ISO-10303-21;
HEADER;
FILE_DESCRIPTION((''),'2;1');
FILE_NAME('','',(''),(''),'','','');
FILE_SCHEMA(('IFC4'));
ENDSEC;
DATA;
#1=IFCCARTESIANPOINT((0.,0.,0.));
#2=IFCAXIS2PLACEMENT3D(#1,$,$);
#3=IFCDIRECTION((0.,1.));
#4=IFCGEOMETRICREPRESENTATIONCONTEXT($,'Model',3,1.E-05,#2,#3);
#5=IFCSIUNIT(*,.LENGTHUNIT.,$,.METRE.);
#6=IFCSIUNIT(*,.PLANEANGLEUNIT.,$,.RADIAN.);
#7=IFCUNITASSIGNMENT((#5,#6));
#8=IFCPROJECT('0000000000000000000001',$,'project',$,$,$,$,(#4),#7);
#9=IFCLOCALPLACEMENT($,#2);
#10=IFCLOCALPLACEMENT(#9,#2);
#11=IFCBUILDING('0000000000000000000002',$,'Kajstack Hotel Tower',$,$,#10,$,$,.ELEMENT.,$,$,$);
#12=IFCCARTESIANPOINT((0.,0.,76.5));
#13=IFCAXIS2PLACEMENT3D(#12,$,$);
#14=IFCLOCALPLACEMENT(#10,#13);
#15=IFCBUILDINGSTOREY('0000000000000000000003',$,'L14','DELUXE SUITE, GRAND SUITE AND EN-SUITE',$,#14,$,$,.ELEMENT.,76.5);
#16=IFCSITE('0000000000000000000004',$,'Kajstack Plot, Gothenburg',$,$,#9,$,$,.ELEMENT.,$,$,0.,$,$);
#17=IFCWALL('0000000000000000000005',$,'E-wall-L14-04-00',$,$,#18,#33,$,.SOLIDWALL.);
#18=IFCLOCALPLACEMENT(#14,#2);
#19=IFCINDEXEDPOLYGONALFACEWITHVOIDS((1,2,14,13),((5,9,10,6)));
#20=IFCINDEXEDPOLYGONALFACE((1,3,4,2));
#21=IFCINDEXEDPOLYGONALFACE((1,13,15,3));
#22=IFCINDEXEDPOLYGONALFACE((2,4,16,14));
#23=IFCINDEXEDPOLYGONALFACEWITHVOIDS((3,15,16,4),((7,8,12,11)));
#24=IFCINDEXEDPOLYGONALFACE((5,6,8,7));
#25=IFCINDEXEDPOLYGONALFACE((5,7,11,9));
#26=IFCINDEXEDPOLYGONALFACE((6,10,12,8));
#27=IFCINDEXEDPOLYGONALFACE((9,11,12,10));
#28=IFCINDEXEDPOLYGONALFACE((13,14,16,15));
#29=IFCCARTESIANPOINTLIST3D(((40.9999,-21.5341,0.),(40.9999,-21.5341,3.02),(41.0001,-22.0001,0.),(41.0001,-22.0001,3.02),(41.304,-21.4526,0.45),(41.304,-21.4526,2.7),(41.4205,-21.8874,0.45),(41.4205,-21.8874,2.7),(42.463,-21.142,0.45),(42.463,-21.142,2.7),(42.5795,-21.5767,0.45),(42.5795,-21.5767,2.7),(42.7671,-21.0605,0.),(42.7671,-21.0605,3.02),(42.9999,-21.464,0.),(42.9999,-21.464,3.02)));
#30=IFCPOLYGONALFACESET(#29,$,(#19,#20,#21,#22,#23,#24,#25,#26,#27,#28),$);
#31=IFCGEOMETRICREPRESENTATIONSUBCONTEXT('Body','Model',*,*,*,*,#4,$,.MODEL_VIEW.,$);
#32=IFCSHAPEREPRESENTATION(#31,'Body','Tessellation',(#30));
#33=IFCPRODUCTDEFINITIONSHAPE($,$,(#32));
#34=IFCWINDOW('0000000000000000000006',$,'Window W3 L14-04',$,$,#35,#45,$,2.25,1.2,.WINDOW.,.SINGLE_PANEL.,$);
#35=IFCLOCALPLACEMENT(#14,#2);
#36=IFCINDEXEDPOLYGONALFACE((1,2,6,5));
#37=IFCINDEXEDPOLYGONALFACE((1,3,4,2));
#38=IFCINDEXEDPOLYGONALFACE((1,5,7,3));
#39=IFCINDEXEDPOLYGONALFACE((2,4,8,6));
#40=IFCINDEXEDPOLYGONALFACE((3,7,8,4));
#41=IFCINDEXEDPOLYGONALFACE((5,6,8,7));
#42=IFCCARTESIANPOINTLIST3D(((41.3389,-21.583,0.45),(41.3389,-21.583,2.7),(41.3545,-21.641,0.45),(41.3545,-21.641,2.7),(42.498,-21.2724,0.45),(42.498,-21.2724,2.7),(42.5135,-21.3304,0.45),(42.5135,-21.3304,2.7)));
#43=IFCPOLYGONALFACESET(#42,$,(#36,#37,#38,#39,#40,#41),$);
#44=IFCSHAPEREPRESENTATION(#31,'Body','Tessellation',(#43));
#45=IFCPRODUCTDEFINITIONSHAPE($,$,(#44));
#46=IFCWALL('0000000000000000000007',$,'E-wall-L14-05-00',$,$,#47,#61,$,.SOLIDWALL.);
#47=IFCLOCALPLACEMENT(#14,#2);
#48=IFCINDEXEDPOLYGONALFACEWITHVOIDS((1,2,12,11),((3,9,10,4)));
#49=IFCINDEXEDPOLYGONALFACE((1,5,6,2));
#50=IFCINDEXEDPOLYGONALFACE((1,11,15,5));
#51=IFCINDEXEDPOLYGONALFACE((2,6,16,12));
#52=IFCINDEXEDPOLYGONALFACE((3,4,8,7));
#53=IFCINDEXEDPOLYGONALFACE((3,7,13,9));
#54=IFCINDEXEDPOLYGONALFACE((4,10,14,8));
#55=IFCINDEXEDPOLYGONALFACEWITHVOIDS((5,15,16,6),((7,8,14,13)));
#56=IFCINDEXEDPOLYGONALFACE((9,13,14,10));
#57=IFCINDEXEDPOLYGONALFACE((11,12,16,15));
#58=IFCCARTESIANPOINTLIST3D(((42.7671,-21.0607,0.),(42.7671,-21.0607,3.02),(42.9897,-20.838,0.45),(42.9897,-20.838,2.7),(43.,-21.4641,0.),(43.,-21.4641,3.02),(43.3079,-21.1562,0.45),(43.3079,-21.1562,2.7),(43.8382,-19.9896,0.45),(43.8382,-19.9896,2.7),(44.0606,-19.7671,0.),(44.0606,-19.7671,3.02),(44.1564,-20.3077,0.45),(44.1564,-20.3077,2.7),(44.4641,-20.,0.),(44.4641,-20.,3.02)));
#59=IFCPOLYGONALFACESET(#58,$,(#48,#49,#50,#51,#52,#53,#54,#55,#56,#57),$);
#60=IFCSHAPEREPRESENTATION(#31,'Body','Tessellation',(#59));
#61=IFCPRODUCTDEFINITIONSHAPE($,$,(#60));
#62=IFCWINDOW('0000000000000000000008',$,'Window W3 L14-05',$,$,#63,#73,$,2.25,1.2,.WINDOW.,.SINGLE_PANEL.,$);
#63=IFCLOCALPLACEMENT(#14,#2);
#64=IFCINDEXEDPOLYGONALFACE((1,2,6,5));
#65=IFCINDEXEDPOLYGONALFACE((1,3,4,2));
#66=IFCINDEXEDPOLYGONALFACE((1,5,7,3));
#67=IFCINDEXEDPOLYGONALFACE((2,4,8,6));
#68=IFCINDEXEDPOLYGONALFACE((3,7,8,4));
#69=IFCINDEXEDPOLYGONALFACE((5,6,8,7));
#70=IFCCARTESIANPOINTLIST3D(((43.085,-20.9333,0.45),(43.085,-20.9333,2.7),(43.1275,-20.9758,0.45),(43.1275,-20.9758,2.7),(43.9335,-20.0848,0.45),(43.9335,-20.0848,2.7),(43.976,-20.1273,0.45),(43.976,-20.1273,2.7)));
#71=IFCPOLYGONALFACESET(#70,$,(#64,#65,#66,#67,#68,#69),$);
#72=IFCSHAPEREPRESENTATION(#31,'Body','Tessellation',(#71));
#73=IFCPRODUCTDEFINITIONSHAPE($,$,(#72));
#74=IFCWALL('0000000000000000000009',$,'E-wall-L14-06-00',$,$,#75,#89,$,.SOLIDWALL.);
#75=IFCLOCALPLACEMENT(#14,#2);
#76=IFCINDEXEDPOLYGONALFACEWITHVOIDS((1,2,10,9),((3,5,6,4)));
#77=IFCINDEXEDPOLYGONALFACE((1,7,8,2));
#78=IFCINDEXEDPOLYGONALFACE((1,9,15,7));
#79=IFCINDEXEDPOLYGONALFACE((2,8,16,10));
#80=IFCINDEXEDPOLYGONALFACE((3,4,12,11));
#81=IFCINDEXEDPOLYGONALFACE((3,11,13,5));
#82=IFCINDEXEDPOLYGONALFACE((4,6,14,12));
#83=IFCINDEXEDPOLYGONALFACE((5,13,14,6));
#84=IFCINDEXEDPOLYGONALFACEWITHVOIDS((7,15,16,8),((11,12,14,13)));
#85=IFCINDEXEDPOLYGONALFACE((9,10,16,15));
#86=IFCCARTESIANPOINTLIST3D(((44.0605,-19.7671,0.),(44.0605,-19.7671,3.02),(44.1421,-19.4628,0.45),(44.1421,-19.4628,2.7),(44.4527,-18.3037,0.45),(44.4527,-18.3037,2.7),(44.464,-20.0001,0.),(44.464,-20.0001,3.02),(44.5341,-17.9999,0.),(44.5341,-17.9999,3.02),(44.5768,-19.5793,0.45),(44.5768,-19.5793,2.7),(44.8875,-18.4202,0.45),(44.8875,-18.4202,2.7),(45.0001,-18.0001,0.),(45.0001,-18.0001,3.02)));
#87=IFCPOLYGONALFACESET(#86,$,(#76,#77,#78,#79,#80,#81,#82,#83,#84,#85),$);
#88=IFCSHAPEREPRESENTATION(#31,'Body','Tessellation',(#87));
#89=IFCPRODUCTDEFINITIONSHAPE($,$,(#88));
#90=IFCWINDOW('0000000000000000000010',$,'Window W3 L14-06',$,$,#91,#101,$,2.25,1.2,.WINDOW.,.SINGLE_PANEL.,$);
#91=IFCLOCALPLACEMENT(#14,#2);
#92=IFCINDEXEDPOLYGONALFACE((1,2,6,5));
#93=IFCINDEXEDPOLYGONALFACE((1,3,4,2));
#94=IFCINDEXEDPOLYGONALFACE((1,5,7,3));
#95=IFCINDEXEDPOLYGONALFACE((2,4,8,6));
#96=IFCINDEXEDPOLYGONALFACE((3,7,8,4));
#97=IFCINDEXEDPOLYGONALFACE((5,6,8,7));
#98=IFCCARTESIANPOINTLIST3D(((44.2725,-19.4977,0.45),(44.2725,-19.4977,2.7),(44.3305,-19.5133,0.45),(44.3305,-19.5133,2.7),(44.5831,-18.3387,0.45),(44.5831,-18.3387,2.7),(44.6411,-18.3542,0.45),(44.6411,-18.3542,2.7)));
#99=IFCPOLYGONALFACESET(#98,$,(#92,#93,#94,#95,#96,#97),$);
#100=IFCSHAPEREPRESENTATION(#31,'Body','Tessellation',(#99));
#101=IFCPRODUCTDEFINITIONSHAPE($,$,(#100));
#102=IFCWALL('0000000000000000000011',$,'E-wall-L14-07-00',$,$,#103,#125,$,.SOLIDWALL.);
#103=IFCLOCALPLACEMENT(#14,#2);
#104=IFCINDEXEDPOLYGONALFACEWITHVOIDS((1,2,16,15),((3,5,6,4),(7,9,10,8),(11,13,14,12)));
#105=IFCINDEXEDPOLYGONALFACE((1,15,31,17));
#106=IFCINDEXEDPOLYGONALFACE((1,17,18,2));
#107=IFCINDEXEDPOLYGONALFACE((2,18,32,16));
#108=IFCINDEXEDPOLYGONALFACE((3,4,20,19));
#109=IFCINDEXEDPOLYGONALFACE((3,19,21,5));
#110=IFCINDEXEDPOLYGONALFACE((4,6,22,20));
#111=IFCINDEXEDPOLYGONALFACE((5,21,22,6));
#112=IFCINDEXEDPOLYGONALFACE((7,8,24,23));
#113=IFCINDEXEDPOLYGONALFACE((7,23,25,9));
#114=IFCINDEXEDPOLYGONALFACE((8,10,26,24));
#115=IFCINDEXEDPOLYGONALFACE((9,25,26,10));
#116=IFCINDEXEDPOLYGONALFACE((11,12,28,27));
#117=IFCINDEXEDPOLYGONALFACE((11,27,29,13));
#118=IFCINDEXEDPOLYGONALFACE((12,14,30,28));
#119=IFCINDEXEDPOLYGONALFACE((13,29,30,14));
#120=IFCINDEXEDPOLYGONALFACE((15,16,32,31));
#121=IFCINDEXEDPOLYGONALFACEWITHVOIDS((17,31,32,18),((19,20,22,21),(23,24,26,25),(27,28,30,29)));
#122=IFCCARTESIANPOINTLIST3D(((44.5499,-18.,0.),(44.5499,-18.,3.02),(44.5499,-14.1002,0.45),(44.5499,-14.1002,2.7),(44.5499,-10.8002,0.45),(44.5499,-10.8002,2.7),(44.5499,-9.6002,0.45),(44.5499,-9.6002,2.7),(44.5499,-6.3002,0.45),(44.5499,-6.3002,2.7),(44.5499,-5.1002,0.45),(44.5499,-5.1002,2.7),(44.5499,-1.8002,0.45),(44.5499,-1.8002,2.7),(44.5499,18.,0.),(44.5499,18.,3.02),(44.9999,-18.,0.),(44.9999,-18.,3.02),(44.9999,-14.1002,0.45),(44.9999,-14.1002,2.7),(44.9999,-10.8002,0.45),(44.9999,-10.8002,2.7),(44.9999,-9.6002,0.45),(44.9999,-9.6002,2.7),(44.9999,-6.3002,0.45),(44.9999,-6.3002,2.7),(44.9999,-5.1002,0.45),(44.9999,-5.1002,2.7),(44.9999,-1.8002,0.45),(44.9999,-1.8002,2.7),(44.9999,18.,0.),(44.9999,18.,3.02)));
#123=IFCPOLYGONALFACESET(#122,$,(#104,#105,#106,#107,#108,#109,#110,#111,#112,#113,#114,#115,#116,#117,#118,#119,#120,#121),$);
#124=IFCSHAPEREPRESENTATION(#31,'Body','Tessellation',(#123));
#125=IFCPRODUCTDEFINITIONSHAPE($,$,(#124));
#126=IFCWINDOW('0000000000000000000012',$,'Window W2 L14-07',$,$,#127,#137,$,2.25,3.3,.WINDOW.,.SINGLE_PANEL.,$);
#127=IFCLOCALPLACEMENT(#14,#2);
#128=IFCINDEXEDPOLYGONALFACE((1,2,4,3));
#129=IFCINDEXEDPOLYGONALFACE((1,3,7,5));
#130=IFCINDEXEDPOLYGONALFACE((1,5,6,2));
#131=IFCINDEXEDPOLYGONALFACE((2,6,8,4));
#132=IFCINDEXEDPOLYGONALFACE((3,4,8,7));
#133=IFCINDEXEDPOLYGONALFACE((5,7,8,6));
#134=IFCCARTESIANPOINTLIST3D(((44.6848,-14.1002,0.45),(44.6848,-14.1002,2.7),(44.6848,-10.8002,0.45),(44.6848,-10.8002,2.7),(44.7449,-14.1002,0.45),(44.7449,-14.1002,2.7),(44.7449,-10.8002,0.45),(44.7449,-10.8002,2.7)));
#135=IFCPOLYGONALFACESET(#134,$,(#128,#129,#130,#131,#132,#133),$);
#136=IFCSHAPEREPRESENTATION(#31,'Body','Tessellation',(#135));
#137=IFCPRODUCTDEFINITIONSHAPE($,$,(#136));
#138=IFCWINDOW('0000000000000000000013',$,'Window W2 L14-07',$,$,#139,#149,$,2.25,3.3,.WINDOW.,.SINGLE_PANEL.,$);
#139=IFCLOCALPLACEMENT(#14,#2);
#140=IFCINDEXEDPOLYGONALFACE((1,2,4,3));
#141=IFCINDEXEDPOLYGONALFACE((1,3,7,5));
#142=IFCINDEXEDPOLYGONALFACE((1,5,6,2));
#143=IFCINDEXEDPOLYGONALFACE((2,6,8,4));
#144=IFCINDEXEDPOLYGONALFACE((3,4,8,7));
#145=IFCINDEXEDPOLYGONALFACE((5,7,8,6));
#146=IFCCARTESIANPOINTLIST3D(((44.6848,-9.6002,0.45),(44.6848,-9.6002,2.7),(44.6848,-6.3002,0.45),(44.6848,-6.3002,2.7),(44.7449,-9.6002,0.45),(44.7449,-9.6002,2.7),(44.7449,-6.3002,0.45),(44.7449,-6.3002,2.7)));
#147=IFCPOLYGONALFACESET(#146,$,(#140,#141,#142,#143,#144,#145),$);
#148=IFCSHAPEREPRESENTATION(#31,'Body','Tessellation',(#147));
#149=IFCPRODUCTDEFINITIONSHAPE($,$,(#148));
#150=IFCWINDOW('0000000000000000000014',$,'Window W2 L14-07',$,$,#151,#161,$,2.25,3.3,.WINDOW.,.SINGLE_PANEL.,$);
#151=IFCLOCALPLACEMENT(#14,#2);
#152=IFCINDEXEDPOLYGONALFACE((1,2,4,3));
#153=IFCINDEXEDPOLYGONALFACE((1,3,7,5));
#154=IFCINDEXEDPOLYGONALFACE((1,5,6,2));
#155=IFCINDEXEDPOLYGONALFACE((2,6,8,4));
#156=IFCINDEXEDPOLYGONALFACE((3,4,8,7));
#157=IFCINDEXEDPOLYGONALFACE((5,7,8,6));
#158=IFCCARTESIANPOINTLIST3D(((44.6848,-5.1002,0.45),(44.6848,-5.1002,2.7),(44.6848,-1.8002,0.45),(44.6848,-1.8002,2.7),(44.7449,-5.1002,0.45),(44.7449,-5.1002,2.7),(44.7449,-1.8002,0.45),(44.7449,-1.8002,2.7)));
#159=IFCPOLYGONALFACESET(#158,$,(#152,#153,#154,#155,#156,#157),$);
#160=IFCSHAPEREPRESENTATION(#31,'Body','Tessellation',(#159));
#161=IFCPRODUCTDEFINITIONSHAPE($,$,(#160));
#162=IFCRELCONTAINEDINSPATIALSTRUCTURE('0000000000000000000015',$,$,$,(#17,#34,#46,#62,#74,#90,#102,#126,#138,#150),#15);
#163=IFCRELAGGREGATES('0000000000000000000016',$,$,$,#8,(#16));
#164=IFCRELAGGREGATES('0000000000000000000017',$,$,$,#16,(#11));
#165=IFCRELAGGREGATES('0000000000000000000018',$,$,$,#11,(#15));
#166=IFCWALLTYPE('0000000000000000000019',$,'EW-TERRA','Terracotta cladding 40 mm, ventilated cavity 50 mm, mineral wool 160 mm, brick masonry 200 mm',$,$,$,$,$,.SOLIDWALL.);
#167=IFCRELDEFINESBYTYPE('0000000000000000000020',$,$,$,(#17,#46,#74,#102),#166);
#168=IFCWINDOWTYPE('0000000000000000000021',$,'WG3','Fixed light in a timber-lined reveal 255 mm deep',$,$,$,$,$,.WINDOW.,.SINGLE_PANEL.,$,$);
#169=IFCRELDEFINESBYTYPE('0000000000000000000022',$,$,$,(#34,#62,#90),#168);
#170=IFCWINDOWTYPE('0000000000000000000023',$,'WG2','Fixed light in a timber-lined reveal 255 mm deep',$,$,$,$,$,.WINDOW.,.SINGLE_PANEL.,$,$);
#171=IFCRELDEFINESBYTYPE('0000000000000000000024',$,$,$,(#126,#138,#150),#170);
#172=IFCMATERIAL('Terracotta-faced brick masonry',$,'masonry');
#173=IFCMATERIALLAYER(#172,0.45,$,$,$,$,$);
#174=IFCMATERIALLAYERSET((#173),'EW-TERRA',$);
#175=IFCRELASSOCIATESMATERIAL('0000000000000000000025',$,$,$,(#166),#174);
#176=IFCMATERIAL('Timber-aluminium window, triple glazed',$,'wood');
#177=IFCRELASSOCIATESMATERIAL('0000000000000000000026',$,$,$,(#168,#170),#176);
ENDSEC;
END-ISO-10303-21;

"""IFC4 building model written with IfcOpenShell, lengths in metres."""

from ifc_helpers import new_model, si_unit, direction, frame, frame_2d, origin, place, context, subcontext, project, spatial, polyline, rectangle, outline, extrude, material, layer, layer_set, type_object, element, fill, save


model = new_model("IFC4")

# Units and contexts
model_context = context("Model", 3, precision=1e-05, world=origin(), true_north=direction((0.0, 1.0)))
body_context = subcontext(model_context, "Body", "Model", "MODEL_VIEW")
ifc_project = project(units=[si_unit("LENGTHUNIT", "METRE"), si_unit("PLANEANGLEUNIT", "RADIAN")], contexts=[model_context])

# Site, building, storey
site_placement = place(None, origin())
site = spatial("IfcSite", under=ifc_project, at=site_placement, Name="Kajstack Plot, Gothenburg", CompositionType="ELEMENT", RefElevation=0.0)
building_placement = place(site_placement, origin())
building = spatial("IfcBuilding", under=site, at=building_placement, Name="Kajstack Hotel Tower", CompositionType="ELEMENT")
storey_placement = place(building_placement, frame((0.0, 0.0, 76.5)))
storey = spatial("IfcBuildingStorey", under=building, at=storey_placement, Name="L14", Description="DELUXE SUITE, GRAND SUITE AND EN-SUITE", CompositionType="ELEMENT", Elevation=76.5)

# Walls, openings, windows
ifc_material_1 = material(Name="Terracotta-faced brick masonry", Category="masonry")
ifc_layer_1 = layer(ifc_material_1, 0.45)
ifc_layer_set_1 = layer_set([ifc_layer_1], Name="EW-TERRA")
wall_type_1 = type_object("IfcWallType", Name="EW-TERRA", Description="Terracotta cladding 40 mm, ventilated cavity 50 mm, mineral wool 160 mm, brick masonry 200 mm", PredefinedType="SOLIDWALL", material=ifc_layer_set_1)
wall_1_placement = place(storey_placement, frame((40.9417, -21.7827, 0.0), z_axis=(0.0, 0.0, 1.0), x_axis=(0.965927, 0.258815, 0.0)))
wall_1 = element("IfcWall", 1, at=wall_1_placement, inside=storey, type_object=wall_type_1, Name="E-wall-L14-04-00", PredefinedType="SOLIDWALL", context=body_context, shape_type="SweptSolid", body=[
    extrude(outline(polyline([(0.0002, -0.2251), (2.0706, -0.2249), (1.9502, 0.2251), (0.1206, 0.2251), (0.0002, -0.2251)])), origin(), (0.0, 0.0, 1.0), 3.02),
])
opening_1_placement = place(wall_1_placement, frame((0.4353, 0.0, 0.45)))
opening_1 = element("IfcOpeningElement", 2, at=opening_1_placement, cuts=wall_1, PredefinedType="OPENING", context=body_context, shape_type="SweptSolid", body=[
    extrude(rectangle(XDim=1.2, YDim=2.25, at=frame_2d((0.6001, 1.125))), frame((0.0, 0.2349, 0.0), z_axis=(0.0, -1.0, 0.0), x_axis=(1.0, 0.0, 0.0)), (0.0, 0.0, 1.0), 0.47),
])
ifc_material_2 = material(Name="Timber-aluminium window, triple glazed", Category="wood")
window_type_1 = type_object("IfcWindowType", Name="WG3", Description="Fixed light in a timber-lined reveal 255 mm deep", PartitioningType="SINGLE_PANEL", PredefinedType="WINDOW", material=ifc_material_2)
window_1_placement = place(opening_1_placement, origin())
window_1 = element("IfcWindow", 3, at=window_1_placement, inside=storey, type_object=window_type_1, Name="Window W3 L14-04", OverallHeight=2.25, OverallWidth=1.2, PartitioningType="SINGLE_PANEL", PredefinedType="WINDOW", context=body_context, shape_type="SweptSolid", body=[
    extrude(rectangle(XDim=1.2, YDim=2.25, at=frame_2d((0.6001, 1.125))), frame((0.0, 0.0901, 0.0), z_axis=(0.0, -1.0, 0.0), x_axis=(1.0, 0.0, 0.0)), (0.0, 0.0, 1.0), 0.0601),
])
fill(opening_1, window_1)
wall_2_placement = place(storey_placement, frame((42.8408, -21.3049, 0.0), z_axis=(0.0, 0.0, 1.0), x_axis=(0.707107, 0.707107, 0.0)))
wall_2 = element("IfcWall", 4, at=wall_2_placement, inside=storey, type_object=wall_type_1, Name="E-wall-L14-05-00", PredefinedType="SOLIDWALL", context=body_context, shape_type="SweptSolid", body=[
    extrude(outline(polyline([(0.0, -0.2251), (2.0706, -0.2251), (1.95, 0.2249), (0.1206, 0.2249), (0.0, -0.2251)])), origin(), (0.0, 0.0, 1.0), 3.02),
])
opening_2_placement = place(wall_2_placement, frame((0.4353, 0.0, 0.45)))
opening_2 = element("IfcOpeningElement", 5, at=opening_2_placement, cuts=wall_2, PredefinedType="OPENING", context=body_context, shape_type="SweptSolid", body=[
    extrude(rectangle(XDim=1.2, YDim=2.25, at=frame_2d((0.6001, 1.125))), frame((0.0, 0.2349, 0.0), z_axis=(0.0, -1.0, 0.0), x_axis=(1.0, 0.0, 0.0)), (0.0, 0.0, 1.0), 0.47),
])
window_2_placement = place(opening_2_placement, origin())
window_2 = element("IfcWindow", 6, at=window_2_placement, inside=storey, type_object=window_type_1, Name="Window W3 L14-05", OverallHeight=2.25, OverallWidth=1.2, PartitioningType="SINGLE_PANEL", PredefinedType="WINDOW", context=body_context, shape_type="SweptSolid", body=[
    extrude(rectangle(XDim=1.2, YDim=2.25, at=frame_2d((0.6001, 1.125))), frame((0.0, 0.0901, 0.0), z_axis=(0.0, -1.0, 0.0), x_axis=(1.0, 0.0, 0.0)), (0.0, 0.0, 1.0), 0.0601),
])
fill(opening_2, window_2)
wall_3_placement = place(storey_placement, frame((44.2468, -19.9417, 0.0), z_axis=(0.0, 0.0, 1.0), x_axis=(0.258815, 0.965927, 0.0)))
wall_3 = element("IfcWall", 7, at=wall_3_placement, inside=storey, type_object=wall_type_1, Name="E-wall-L14-06-00", PredefinedType="SOLIDWALL", context=body_context, shape_type="SweptSolid", body=[
    extrude(outline(polyline([(-0.0002, -0.2249), (2.0703, -0.2251), (1.95, 0.2251), (0.1204, 0.2251), (-0.0002, -0.2249)])), origin(), (0.0, 0.0, 1.0), 3.02),
])
opening_3_placement = place(wall_3_placement, frame((0.4353, 0.0, 0.45)))
opening_3 = element("IfcOpeningElement", 8, at=opening_3_placement, cuts=wall_3, PredefinedType="OPENING", context=body_context, shape_type="SweptSolid", body=[
    extrude(rectangle(XDim=1.2, YDim=2.25, at=frame_2d((0.6001, 1.125))), frame((0.0, 0.2349, 0.0), z_axis=(0.0, -1.0, 0.0), x_axis=(1.0, 0.0, 0.0)), (0.0, 0.0, 1.0), 0.47),
])
window_3_placement = place(opening_3_placement, origin())
window_3 = element("IfcWindow", 9, at=window_3_placement, inside=storey, type_object=window_type_1, Name="Window W3 L14-06", OverallHeight=2.25, OverallWidth=1.2, PartitioningType="SINGLE_PANEL", PredefinedType="WINDOW", context=body_context, shape_type="SweptSolid", body=[
    extrude(rectangle(XDim=1.2, YDim=2.25, at=frame_2d((0.6001, 1.125))), frame((0.0, 0.0901, 0.0), z_axis=(0.0, -1.0, 0.0), x_axis=(1.0, 0.0, 0.0)), (0.0, 0.0, 1.0), 0.0601),
])
fill(opening_3, window_3)

# Wall, openings, windows
wall_4_placement = place(storey_placement, frame((44.7749, -18.0, 0.0), z_axis=(0.0, 0.0, 1.0), x_axis=(0.0, 1.0, 0.0)))
wall_4 = element("IfcWall", 10, at=wall_4_placement, inside=storey, type_object=wall_type_1, Name="E-wall-L14-07-00", PredefinedType="SOLIDWALL", context=body_context, shape_type="SweptSolid", body=[
    extrude(rectangle(XDim=36.0, YDim=0.45, at=frame_2d((18.0, 0.0))), origin(), (0.0, 0.0, 1.0), 3.02),
])
opening_4_placement = place(wall_4_placement, frame((3.8999, 0.0, 0.45)))
opening_4 = element("IfcOpeningElement", 11, at=opening_4_placement, cuts=wall_4, PredefinedType="OPENING", context=body_context, shape_type="SweptSolid", body=[
    extrude(rectangle(XDim=3.3, YDim=2.25, at=frame_2d((1.6499, 1.125))), frame((0.0, 0.2349, 0.0), z_axis=(0.0, -1.0, 0.0), x_axis=(1.0, 0.0, 0.0)), (0.0, 0.0, 1.0), 0.47),
])
opening_5_placement = place(wall_4_placement, frame((8.3999, 0.0, 0.45)))
opening_5 = element("IfcOpeningElement", 12, at=opening_5_placement, cuts=wall_4, PredefinedType="OPENING", context=body_context, shape_type="SweptSolid", body=[
    extrude(rectangle(XDim=3.3, YDim=2.25, at=frame_2d((1.6499, 1.125))), frame((0.0, 0.2349, 0.0), z_axis=(0.0, -1.0, 0.0), x_axis=(1.0, 0.0, 0.0)), (0.0, 0.0, 1.0), 0.47),
])
opening_6_placement = place(wall_4_placement, frame((12.8999, 0.0, 0.45)))
opening_6 = element("IfcOpeningElement", 13, at=opening_6_placement, cuts=wall_4, PredefinedType="OPENING", context=body_context, shape_type="SweptSolid", body=[
    extrude(rectangle(XDim=3.3, YDim=2.25, at=frame_2d((1.6499, 1.125))), frame((0.0, 0.2349, 0.0), z_axis=(0.0, -1.0, 0.0), x_axis=(1.0, 0.0, 0.0)), (0.0, 0.0, 1.0), 0.47),
])
window_type_2 = type_object("IfcWindowType", Name="WG2", Description="Fixed light in a timber-lined reveal 255 mm deep", PartitioningType="SINGLE_PANEL", PredefinedType="WINDOW", material=ifc_material_2)
window_4_placement = place(opening_4_placement, origin())
window_4 = element("IfcWindow", 14, at=window_4_placement, inside=storey, type_object=window_type_2, Name="Window W2 L14-07", OverallHeight=2.25, OverallWidth=3.3, PartitioningType="SINGLE_PANEL", PredefinedType="WINDOW", context=body_context, shape_type="SweptSolid", body=[
    extrude(rectangle(XDim=3.3, YDim=2.25, at=frame_2d((1.6499, 1.125))), frame((0.0, 0.0901, 0.0), z_axis=(0.0, -1.0, 0.0), x_axis=(1.0, 0.0, 0.0)), (0.0, 0.0, 1.0), 0.0601),
])
fill(opening_4, window_4)
window_5_placement = place(opening_5_placement, origin())
window_5 = element("IfcWindow", 15, at=window_5_placement, inside=storey, type_object=window_type_2, Name="Window W2 L14-07", OverallHeight=2.25, OverallWidth=3.3, PartitioningType="SINGLE_PANEL", PredefinedType="WINDOW", context=body_context, shape_type="SweptSolid", body=[
    extrude(rectangle(XDim=3.3, YDim=2.25, at=frame_2d((1.6499, 1.125))), frame((0.0, 0.0901, 0.0), z_axis=(0.0, -1.0, 0.0), x_axis=(1.0, 0.0, 0.0)), (0.0, 0.0, 1.0), 0.0601),
])
fill(opening_5, window_5)
window_6_placement = place(opening_6_placement, origin())
window_6 = element("IfcWindow", 16, at=window_6_placement, inside=storey, type_object=window_type_2, Name="Window W2 L14-07", OverallHeight=2.25, OverallWidth=3.3, PartitioningType="SINGLE_PANEL", PredefinedType="WINDOW", context=body_context, shape_type="SweptSolid", body=[
    extrude(rectangle(XDim=3.3, YDim=2.25, at=frame_2d((1.6499, 1.125))), frame((0.0, 0.0901, 0.0), z_axis=(0.0, -1.0, 0.0), x_axis=(1.0, 0.0, 0.0)), (0.0, 0.0, 1.0), 0.0601),
])
fill(opening_6, window_6)

save(model, "model.ifc")
